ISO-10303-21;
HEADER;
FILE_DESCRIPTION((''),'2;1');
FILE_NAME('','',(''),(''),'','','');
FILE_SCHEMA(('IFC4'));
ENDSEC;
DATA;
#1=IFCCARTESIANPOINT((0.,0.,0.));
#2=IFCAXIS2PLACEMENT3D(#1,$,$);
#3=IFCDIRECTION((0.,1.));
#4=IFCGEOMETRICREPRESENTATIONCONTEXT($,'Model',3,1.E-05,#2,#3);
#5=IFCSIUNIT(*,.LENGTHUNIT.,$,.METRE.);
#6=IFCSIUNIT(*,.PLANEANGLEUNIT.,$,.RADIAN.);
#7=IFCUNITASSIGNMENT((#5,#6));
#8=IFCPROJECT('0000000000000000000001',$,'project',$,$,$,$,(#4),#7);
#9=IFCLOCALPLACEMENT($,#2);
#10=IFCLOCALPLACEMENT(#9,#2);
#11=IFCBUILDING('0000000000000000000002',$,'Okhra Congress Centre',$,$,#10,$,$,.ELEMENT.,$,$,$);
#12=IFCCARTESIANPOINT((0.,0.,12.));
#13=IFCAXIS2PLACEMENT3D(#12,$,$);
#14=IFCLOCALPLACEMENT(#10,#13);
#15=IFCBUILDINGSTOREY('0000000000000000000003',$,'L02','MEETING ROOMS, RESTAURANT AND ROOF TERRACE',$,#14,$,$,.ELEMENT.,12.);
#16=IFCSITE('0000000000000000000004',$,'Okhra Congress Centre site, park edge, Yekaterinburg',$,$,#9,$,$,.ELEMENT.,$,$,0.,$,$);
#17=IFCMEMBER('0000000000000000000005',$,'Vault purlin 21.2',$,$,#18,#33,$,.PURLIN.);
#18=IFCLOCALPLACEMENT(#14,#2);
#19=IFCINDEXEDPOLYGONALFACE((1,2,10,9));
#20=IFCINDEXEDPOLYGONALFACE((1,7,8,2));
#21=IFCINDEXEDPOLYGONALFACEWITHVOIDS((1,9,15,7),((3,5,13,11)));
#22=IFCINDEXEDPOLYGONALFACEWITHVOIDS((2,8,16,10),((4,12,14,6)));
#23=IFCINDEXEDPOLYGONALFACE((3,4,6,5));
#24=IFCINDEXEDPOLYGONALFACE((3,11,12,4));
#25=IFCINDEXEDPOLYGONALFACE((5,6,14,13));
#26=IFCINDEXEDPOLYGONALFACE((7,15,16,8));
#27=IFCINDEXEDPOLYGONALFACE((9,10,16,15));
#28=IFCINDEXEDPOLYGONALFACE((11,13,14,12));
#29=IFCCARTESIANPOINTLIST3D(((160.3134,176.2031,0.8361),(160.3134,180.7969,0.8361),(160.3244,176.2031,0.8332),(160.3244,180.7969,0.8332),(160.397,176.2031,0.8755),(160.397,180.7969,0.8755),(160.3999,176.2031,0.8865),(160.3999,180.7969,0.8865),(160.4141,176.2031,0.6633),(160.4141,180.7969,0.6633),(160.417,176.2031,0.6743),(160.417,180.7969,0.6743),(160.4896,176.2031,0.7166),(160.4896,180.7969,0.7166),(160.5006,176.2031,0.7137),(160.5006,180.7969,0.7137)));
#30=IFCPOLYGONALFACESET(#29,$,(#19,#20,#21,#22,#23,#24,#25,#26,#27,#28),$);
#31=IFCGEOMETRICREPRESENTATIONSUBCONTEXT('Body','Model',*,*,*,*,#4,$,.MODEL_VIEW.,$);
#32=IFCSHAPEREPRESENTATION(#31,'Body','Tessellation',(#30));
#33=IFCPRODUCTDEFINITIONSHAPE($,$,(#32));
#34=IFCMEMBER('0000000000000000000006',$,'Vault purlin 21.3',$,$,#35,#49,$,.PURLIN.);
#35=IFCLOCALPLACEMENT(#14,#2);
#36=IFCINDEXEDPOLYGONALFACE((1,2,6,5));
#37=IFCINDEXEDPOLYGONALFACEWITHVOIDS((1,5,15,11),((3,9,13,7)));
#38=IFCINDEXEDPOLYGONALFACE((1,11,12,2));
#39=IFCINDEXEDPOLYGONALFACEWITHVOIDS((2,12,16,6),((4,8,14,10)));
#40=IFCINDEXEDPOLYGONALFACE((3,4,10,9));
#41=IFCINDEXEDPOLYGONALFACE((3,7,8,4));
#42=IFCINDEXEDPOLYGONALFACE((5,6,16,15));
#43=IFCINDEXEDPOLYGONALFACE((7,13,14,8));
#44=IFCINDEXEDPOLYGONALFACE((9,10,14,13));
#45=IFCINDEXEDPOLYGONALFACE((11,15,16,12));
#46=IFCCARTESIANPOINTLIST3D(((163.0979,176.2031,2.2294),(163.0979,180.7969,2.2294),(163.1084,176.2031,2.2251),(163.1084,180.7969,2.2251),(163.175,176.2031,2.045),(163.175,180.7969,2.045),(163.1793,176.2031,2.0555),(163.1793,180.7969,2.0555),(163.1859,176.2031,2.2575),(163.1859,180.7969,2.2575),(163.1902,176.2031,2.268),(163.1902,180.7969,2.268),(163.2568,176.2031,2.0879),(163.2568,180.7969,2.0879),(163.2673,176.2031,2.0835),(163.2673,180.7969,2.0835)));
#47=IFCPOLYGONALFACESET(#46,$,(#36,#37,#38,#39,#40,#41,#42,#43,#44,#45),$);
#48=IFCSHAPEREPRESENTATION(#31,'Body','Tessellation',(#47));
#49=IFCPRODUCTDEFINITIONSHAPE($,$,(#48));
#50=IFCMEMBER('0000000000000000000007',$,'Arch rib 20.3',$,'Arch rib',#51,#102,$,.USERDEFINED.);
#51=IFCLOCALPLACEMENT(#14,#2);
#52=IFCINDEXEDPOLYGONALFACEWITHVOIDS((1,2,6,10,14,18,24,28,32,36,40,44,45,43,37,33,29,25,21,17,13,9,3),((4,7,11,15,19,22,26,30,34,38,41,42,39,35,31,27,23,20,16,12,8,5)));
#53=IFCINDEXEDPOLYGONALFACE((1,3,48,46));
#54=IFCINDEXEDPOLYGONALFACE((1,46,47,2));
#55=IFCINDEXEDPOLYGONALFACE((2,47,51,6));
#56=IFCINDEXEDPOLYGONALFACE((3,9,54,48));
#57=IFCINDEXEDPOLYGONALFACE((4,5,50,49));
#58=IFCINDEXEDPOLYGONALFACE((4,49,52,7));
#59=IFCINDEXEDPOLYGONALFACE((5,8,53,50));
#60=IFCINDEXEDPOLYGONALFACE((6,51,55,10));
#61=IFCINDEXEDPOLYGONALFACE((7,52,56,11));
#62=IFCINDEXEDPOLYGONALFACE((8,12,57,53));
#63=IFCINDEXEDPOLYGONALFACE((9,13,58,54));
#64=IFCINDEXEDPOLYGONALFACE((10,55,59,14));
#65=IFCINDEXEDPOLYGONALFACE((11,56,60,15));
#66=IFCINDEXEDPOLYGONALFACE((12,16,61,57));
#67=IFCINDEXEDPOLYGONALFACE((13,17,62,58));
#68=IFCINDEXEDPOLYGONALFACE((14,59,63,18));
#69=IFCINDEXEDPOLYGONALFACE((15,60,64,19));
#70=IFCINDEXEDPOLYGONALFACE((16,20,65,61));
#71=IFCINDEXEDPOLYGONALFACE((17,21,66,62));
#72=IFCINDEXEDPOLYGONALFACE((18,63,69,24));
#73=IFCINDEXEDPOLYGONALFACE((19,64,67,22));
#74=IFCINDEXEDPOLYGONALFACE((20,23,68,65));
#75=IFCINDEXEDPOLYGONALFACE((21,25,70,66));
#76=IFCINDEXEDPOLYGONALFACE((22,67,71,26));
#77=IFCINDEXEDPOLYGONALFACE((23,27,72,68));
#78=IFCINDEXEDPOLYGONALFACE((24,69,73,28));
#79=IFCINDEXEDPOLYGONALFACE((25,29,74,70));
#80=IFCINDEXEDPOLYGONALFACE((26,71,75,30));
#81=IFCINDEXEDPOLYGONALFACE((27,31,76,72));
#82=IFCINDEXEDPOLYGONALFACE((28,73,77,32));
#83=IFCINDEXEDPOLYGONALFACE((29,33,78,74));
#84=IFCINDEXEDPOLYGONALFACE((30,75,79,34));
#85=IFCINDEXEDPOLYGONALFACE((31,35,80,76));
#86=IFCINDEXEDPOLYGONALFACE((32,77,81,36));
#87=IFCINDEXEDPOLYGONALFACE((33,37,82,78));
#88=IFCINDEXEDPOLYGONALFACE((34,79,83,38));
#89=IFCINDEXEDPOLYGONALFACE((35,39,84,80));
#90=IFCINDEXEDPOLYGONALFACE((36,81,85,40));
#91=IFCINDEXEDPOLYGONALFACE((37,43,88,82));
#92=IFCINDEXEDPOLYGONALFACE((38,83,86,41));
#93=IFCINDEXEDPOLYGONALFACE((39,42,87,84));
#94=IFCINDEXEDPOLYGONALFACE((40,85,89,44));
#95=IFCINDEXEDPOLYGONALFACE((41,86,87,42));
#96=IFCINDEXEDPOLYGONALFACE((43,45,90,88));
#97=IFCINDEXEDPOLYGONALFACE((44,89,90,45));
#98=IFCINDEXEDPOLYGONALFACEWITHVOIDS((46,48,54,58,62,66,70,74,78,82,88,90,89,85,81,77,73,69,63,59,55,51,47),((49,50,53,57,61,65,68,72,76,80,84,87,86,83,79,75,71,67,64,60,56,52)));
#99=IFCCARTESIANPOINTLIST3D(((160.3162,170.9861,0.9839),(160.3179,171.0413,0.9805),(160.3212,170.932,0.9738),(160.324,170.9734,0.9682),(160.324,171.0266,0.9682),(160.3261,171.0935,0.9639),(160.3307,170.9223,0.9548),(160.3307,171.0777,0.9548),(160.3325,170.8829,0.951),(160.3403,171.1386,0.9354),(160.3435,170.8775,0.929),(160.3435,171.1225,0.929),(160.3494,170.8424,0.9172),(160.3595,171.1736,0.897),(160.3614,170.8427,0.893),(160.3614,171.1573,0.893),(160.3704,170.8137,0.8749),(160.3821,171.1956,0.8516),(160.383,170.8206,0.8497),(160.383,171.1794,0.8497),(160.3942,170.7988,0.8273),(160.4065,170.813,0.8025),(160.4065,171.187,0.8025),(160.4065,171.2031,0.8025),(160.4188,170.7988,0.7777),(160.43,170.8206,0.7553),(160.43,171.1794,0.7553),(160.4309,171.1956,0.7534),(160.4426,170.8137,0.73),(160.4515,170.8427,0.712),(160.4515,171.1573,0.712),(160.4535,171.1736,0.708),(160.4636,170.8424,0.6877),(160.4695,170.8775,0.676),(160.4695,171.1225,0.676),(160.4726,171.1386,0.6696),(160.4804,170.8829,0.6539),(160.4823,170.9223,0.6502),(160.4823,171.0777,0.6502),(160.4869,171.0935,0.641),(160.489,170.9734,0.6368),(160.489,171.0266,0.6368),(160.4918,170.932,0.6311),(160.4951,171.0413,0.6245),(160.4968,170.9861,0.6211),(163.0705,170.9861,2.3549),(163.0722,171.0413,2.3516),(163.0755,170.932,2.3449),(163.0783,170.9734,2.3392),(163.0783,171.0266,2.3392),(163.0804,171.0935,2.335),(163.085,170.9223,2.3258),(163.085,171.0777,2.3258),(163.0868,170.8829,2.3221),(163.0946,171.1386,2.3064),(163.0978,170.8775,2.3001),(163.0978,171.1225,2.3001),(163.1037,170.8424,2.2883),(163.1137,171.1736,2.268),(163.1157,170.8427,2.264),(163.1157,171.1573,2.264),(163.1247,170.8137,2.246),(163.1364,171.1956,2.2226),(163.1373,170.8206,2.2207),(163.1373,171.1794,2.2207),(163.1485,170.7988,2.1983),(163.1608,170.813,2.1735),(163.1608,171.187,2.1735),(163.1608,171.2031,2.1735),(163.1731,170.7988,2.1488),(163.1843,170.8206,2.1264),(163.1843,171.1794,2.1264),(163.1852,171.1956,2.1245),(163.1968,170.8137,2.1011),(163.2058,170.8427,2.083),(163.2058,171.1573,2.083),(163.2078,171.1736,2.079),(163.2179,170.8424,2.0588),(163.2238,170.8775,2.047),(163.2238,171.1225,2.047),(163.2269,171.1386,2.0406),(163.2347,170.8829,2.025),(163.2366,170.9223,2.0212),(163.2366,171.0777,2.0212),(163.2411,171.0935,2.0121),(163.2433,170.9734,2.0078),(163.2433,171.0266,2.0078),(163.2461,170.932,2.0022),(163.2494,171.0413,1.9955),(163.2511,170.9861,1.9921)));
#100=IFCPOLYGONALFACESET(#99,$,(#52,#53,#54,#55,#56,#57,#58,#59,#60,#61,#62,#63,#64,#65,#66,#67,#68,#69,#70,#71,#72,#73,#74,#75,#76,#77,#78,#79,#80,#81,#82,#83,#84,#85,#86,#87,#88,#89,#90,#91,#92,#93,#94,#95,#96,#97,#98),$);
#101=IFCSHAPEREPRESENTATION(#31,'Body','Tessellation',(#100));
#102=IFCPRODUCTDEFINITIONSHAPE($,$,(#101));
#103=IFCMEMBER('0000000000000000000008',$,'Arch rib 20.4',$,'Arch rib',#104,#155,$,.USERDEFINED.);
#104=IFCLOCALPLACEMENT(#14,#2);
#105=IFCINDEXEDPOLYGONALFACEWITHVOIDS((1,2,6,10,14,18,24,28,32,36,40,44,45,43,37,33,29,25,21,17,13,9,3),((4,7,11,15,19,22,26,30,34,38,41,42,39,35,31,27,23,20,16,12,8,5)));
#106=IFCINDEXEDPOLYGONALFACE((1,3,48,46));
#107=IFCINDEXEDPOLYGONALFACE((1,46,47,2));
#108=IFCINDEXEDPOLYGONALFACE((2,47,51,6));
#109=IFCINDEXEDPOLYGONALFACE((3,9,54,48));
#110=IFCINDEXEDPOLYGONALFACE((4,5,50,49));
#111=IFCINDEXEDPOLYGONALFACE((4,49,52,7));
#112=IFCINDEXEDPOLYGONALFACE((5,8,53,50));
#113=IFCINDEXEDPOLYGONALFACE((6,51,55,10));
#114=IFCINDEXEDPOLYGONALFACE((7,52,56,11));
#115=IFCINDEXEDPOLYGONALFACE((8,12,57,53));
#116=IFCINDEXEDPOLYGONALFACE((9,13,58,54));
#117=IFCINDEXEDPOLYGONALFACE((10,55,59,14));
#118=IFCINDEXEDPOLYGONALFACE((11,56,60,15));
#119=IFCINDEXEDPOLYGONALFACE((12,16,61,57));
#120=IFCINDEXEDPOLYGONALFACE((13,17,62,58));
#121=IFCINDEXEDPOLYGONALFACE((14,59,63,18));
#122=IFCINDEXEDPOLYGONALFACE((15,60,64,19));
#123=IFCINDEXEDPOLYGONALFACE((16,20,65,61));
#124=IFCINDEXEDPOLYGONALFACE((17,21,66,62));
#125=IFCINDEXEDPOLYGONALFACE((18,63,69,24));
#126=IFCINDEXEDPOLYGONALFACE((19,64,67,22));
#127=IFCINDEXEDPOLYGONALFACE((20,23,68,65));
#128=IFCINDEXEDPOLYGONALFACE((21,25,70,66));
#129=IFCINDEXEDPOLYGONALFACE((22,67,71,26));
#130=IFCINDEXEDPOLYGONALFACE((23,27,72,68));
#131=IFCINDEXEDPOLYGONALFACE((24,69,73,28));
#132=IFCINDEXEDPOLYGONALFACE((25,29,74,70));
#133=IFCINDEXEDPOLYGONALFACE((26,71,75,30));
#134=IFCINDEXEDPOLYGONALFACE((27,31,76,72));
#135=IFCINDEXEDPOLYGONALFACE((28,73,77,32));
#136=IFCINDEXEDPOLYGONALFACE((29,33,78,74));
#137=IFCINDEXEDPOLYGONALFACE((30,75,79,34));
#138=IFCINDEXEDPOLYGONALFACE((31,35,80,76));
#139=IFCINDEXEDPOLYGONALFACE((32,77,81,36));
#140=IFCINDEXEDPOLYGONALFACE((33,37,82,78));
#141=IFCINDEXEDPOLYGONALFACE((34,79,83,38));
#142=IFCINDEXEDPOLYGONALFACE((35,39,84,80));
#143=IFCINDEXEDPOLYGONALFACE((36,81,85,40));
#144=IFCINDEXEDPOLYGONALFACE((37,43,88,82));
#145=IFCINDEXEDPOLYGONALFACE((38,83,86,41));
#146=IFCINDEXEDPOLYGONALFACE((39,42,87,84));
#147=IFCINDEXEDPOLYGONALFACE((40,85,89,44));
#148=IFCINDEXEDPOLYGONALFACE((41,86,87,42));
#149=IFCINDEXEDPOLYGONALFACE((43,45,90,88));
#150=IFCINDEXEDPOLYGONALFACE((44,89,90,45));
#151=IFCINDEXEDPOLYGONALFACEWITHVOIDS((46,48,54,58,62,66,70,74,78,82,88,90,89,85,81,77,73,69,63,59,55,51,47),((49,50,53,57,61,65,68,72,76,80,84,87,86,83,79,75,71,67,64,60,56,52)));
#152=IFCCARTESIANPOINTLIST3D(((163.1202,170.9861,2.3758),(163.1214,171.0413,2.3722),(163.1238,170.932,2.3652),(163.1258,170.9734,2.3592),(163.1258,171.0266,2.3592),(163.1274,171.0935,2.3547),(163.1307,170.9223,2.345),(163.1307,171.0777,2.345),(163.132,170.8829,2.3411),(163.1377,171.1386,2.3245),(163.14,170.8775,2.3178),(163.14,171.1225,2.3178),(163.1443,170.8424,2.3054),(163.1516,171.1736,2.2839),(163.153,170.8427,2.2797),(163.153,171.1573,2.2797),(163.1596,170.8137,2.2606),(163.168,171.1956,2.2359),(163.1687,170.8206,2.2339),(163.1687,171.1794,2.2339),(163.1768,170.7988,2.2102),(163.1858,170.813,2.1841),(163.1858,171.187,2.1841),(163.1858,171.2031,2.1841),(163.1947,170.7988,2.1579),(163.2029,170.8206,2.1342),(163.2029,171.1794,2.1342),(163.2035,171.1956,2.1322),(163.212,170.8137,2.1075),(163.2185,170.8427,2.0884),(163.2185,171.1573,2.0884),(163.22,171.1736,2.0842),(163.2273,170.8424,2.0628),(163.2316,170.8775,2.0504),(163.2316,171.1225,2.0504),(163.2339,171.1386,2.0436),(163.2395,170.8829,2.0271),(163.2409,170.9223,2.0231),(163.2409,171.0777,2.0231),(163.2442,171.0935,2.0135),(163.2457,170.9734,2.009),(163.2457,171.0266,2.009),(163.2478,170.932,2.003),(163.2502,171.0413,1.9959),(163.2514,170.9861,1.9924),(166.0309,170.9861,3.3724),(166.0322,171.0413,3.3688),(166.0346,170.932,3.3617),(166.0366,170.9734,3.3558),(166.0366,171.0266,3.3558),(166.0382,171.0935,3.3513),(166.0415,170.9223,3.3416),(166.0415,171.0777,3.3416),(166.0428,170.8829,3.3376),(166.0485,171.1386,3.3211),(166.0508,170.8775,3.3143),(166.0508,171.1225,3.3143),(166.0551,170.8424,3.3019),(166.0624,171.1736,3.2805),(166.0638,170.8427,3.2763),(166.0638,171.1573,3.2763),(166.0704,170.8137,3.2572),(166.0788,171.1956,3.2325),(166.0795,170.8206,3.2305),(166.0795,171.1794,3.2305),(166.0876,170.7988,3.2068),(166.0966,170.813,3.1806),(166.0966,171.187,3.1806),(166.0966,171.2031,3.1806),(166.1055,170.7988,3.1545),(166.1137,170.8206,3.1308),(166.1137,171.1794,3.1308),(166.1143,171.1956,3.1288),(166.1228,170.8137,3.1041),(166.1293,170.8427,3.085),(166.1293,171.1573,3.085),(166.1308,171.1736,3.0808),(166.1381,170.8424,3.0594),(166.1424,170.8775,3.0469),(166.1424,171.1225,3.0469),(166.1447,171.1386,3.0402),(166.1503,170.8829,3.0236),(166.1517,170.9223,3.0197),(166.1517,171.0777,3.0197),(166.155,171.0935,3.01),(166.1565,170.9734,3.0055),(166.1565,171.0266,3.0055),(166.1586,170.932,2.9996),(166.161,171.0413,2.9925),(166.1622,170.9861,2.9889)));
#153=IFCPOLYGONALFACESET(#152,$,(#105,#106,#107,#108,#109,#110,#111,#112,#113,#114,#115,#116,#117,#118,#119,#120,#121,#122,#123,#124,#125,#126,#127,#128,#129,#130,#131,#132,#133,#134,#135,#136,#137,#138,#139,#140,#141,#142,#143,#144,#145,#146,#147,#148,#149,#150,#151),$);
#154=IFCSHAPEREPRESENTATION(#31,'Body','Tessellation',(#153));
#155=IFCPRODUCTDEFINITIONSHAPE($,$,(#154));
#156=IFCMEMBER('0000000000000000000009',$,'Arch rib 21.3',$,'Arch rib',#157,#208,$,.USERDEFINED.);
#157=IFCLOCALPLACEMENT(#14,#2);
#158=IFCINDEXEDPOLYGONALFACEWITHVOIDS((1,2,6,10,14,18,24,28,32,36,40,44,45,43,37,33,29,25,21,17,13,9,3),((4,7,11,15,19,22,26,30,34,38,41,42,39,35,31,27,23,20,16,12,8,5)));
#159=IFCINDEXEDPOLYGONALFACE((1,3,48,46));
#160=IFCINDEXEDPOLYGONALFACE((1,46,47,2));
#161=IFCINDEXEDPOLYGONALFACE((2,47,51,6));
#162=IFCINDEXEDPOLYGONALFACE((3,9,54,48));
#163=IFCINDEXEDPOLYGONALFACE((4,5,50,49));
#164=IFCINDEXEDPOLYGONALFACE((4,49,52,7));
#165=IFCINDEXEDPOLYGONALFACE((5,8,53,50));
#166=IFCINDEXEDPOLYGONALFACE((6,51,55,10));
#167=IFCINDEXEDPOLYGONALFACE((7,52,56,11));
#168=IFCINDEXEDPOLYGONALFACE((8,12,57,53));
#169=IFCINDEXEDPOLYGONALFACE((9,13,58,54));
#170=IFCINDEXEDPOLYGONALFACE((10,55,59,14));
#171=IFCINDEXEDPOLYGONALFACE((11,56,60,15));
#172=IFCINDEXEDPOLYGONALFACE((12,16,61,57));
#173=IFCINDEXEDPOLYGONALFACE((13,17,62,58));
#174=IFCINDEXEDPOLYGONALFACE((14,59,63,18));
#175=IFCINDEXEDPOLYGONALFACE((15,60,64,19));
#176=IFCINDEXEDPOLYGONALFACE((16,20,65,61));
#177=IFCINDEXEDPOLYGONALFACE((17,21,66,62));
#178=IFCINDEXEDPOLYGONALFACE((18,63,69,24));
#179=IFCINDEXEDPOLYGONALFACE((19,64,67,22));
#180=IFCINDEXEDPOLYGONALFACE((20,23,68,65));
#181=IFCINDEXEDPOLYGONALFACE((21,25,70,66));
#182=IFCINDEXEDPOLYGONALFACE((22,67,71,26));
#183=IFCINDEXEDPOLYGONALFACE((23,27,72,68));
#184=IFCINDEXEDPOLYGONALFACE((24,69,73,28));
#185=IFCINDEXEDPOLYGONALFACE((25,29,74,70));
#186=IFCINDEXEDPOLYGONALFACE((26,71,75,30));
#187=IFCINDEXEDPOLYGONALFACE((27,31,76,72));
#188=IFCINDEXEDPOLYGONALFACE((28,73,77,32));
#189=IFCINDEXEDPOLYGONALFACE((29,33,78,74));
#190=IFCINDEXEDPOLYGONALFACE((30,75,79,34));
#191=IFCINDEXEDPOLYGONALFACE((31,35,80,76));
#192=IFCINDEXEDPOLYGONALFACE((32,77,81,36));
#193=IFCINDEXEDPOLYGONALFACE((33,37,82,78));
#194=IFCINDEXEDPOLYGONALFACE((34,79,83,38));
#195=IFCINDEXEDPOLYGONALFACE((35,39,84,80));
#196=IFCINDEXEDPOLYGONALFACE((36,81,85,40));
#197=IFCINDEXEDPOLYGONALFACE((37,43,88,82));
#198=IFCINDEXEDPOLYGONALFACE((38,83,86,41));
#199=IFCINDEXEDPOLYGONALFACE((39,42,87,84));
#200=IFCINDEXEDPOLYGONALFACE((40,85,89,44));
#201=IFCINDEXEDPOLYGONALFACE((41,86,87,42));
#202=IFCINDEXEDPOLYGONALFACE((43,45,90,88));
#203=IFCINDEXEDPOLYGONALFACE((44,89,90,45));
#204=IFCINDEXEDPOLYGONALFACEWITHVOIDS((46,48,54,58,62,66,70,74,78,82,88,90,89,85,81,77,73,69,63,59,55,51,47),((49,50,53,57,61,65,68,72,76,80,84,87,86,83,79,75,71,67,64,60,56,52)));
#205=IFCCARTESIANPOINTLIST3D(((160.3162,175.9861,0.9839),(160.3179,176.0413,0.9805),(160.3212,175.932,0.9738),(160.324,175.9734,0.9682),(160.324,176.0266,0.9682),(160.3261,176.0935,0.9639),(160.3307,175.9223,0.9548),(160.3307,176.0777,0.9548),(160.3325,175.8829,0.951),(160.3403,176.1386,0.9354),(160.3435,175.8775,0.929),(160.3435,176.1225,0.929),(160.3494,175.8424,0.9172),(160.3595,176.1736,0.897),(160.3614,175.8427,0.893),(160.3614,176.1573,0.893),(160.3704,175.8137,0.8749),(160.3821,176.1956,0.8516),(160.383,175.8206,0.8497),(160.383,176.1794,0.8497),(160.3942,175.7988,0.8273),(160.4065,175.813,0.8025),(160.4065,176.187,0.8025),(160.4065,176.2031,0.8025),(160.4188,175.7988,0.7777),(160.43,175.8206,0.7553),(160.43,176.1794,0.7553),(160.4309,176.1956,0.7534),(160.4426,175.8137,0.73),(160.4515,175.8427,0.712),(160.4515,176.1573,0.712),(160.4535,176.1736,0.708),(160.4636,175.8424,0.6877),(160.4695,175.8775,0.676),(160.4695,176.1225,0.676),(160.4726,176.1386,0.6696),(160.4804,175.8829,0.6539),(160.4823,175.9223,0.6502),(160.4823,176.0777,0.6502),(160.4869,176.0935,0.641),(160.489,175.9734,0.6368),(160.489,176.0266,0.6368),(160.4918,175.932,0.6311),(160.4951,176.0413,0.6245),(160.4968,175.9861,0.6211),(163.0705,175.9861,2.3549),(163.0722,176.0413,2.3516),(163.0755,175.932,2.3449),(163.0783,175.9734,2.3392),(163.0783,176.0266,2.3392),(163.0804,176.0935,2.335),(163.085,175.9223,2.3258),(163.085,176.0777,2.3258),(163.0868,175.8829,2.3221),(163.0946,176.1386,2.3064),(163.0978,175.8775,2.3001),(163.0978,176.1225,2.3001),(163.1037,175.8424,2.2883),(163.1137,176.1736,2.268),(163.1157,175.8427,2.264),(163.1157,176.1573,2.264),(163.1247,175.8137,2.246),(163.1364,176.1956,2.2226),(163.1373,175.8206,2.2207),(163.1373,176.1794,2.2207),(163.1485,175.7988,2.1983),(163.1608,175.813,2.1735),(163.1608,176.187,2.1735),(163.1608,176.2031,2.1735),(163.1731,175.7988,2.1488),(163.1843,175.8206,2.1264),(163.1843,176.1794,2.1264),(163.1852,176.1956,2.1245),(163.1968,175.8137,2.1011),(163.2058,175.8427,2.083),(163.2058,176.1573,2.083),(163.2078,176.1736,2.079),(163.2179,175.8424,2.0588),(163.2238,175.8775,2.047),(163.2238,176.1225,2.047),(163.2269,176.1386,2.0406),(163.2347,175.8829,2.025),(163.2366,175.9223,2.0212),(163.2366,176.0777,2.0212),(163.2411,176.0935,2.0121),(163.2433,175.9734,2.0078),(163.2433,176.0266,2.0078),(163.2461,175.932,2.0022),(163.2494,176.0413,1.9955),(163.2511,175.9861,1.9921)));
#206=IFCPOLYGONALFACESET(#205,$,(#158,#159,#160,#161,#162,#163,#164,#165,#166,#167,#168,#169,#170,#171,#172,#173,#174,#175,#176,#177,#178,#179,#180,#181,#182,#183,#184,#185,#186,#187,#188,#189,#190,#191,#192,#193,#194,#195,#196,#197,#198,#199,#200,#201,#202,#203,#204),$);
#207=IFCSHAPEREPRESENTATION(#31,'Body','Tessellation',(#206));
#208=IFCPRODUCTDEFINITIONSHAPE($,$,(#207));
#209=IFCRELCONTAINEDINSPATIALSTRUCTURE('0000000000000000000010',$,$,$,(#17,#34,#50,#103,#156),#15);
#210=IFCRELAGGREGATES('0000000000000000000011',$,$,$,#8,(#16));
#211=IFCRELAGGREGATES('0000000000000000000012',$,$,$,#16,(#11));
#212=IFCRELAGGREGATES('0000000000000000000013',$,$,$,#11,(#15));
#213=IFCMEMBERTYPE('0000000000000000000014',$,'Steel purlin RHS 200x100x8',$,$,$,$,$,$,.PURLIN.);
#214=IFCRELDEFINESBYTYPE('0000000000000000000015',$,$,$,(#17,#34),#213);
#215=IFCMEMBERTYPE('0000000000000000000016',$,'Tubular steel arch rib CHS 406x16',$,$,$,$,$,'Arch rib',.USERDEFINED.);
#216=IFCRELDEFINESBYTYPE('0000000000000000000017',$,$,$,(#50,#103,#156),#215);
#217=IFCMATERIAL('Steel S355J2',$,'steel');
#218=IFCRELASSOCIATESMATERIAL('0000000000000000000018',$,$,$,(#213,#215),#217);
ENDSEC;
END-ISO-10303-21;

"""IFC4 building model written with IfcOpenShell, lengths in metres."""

from ifc_helpers import new_model, si_unit, direction, frame, origin, origin_2d, place, context, subcontext, project, spatial, hollow_rectangle, hollow_circle, extrude, material, material_profile, profile_set, type_object, element, save


model = new_model("IFC4")

# Units and contexts
model_context = context("Model", 3, precision=1e-05, world=origin(), true_north=direction((0.0, 1.0)))
body_context = subcontext(model_context, "Body", "Model", "MODEL_VIEW")
ifc_project = project(units=[si_unit("LENGTHUNIT", "METRE"), si_unit("PLANEANGLEUNIT", "RADIAN")], contexts=[model_context])

# Site, building, storey
site_placement = place(None, origin())
site = spatial("IfcSite", under=ifc_project, at=site_placement, Name="Okhra Congress Centre site, park edge, Yekaterinburg", CompositionType="ELEMENT", RefElevation=0.0)
building_placement = place(site_placement, origin())
building = spatial("IfcBuilding", under=site, at=building_placement, Name="Okhra Congress Centre", CompositionType="ELEMENT")
storey_placement = place(building_placement, frame((0.0, 0.0, 12.0)))
storey = spatial("IfcBuildingStorey", under=building, at=storey_placement, Name="L02", Description="MEETING ROOMS, RESTAURANT AND ROOF TERRACE", CompositionType="ELEMENT", Elevation=12.0)

# Members
ifc_material_1 = material(Name="Steel S355J2", Category="steel")
ifc_material_profile_1 = material_profile(ifc_material_1, hollow_rectangle(XDim=0.1001, YDim=0.2, WallThickness=0.0081, at=origin_2d()), Name="RHS 200x100x8")
ifc_profile_set_1 = profile_set([ifc_material_profile_1], Name="Steel S355J2")
member_type_1 = type_object("IfcMemberType", Name="Steel purlin RHS 200x100x8", PredefinedType="PURLIN", material=ifc_profile_set_1)
for number, where, z_axis, x_axis, name in (
    (1, (160.407, 176.2031, 0.7749), (0.0, 1.0, 0.0), (-0.863917, 0.0, -0.503634), "Vault purlin 21.2"),
    (2, (163.1826, 176.2031, 2.1565), (0.0, 1.0, 0.0), (-0.922669, 0.0, -0.385593), "Vault purlin 21.3"),
):
    element("IfcMember", number, at=place(storey_placement, frame(where, z_axis=z_axis, x_axis=x_axis)), inside=storey, type_object=member_type_1, Name=name, PredefinedType="PURLIN", context=body_context, shape_type="SweptSolid", body=[
        extrude(hollow_rectangle(XDim=0.1001, YDim=0.2, WallThickness=0.0081, at=origin_2d()), origin(), (0.0, 0.0, 1.0), 4.5938),
    ])
ifc_material_profile_2 = material_profile(ifc_material_1, hollow_circle(Radius=0.2031, WallThickness=0.0161, at=origin_2d()), Name="CHS 406.4x16")
ifc_profile_set_2 = profile_set([ifc_material_profile_2], Name="Steel S355J2")
member_type_2 = type_object("IfcMemberType", Name="Tubular steel arch rib CHS 406x16", ElementType="Arch rib", PredefinedType="USERDEFINED", material=ifc_profile_set_2)
for number, where, z_axis, x_axis, name in (
    (3, (160.4065, 171.0, 0.8025), (0.895219, 0.0, 0.445626), (0.0, 1.0, 0.0), "Arch rib 20.3"),
    (4, (163.1858, 171.0, 2.1841), (0.946089, 0.0, 0.323906), (0.0, 1.0, 0.0), "Arch rib 20.4"),
    (5, (160.4065, 176.0, 0.8025), (0.895219, 0.0, 0.445626), (0.0, 1.0, 0.0), "Arch rib 21.3"),
):
    element("IfcMember", number, at=place(storey_placement, frame(where, z_axis=z_axis, x_axis=x_axis)), inside=storey, type_object=member_type_2, Name=name, ObjectType="Arch rib", PredefinedType="USERDEFINED", context=body_context, shape_type="SweptSolid", body=[
        extrude(hollow_circle(Radius=0.2031, WallThickness=0.0161, at=origin_2d()), origin(), (0.0, 0.0, 1.0), 3.0767),
    ])

save(model, "model.ifc")
